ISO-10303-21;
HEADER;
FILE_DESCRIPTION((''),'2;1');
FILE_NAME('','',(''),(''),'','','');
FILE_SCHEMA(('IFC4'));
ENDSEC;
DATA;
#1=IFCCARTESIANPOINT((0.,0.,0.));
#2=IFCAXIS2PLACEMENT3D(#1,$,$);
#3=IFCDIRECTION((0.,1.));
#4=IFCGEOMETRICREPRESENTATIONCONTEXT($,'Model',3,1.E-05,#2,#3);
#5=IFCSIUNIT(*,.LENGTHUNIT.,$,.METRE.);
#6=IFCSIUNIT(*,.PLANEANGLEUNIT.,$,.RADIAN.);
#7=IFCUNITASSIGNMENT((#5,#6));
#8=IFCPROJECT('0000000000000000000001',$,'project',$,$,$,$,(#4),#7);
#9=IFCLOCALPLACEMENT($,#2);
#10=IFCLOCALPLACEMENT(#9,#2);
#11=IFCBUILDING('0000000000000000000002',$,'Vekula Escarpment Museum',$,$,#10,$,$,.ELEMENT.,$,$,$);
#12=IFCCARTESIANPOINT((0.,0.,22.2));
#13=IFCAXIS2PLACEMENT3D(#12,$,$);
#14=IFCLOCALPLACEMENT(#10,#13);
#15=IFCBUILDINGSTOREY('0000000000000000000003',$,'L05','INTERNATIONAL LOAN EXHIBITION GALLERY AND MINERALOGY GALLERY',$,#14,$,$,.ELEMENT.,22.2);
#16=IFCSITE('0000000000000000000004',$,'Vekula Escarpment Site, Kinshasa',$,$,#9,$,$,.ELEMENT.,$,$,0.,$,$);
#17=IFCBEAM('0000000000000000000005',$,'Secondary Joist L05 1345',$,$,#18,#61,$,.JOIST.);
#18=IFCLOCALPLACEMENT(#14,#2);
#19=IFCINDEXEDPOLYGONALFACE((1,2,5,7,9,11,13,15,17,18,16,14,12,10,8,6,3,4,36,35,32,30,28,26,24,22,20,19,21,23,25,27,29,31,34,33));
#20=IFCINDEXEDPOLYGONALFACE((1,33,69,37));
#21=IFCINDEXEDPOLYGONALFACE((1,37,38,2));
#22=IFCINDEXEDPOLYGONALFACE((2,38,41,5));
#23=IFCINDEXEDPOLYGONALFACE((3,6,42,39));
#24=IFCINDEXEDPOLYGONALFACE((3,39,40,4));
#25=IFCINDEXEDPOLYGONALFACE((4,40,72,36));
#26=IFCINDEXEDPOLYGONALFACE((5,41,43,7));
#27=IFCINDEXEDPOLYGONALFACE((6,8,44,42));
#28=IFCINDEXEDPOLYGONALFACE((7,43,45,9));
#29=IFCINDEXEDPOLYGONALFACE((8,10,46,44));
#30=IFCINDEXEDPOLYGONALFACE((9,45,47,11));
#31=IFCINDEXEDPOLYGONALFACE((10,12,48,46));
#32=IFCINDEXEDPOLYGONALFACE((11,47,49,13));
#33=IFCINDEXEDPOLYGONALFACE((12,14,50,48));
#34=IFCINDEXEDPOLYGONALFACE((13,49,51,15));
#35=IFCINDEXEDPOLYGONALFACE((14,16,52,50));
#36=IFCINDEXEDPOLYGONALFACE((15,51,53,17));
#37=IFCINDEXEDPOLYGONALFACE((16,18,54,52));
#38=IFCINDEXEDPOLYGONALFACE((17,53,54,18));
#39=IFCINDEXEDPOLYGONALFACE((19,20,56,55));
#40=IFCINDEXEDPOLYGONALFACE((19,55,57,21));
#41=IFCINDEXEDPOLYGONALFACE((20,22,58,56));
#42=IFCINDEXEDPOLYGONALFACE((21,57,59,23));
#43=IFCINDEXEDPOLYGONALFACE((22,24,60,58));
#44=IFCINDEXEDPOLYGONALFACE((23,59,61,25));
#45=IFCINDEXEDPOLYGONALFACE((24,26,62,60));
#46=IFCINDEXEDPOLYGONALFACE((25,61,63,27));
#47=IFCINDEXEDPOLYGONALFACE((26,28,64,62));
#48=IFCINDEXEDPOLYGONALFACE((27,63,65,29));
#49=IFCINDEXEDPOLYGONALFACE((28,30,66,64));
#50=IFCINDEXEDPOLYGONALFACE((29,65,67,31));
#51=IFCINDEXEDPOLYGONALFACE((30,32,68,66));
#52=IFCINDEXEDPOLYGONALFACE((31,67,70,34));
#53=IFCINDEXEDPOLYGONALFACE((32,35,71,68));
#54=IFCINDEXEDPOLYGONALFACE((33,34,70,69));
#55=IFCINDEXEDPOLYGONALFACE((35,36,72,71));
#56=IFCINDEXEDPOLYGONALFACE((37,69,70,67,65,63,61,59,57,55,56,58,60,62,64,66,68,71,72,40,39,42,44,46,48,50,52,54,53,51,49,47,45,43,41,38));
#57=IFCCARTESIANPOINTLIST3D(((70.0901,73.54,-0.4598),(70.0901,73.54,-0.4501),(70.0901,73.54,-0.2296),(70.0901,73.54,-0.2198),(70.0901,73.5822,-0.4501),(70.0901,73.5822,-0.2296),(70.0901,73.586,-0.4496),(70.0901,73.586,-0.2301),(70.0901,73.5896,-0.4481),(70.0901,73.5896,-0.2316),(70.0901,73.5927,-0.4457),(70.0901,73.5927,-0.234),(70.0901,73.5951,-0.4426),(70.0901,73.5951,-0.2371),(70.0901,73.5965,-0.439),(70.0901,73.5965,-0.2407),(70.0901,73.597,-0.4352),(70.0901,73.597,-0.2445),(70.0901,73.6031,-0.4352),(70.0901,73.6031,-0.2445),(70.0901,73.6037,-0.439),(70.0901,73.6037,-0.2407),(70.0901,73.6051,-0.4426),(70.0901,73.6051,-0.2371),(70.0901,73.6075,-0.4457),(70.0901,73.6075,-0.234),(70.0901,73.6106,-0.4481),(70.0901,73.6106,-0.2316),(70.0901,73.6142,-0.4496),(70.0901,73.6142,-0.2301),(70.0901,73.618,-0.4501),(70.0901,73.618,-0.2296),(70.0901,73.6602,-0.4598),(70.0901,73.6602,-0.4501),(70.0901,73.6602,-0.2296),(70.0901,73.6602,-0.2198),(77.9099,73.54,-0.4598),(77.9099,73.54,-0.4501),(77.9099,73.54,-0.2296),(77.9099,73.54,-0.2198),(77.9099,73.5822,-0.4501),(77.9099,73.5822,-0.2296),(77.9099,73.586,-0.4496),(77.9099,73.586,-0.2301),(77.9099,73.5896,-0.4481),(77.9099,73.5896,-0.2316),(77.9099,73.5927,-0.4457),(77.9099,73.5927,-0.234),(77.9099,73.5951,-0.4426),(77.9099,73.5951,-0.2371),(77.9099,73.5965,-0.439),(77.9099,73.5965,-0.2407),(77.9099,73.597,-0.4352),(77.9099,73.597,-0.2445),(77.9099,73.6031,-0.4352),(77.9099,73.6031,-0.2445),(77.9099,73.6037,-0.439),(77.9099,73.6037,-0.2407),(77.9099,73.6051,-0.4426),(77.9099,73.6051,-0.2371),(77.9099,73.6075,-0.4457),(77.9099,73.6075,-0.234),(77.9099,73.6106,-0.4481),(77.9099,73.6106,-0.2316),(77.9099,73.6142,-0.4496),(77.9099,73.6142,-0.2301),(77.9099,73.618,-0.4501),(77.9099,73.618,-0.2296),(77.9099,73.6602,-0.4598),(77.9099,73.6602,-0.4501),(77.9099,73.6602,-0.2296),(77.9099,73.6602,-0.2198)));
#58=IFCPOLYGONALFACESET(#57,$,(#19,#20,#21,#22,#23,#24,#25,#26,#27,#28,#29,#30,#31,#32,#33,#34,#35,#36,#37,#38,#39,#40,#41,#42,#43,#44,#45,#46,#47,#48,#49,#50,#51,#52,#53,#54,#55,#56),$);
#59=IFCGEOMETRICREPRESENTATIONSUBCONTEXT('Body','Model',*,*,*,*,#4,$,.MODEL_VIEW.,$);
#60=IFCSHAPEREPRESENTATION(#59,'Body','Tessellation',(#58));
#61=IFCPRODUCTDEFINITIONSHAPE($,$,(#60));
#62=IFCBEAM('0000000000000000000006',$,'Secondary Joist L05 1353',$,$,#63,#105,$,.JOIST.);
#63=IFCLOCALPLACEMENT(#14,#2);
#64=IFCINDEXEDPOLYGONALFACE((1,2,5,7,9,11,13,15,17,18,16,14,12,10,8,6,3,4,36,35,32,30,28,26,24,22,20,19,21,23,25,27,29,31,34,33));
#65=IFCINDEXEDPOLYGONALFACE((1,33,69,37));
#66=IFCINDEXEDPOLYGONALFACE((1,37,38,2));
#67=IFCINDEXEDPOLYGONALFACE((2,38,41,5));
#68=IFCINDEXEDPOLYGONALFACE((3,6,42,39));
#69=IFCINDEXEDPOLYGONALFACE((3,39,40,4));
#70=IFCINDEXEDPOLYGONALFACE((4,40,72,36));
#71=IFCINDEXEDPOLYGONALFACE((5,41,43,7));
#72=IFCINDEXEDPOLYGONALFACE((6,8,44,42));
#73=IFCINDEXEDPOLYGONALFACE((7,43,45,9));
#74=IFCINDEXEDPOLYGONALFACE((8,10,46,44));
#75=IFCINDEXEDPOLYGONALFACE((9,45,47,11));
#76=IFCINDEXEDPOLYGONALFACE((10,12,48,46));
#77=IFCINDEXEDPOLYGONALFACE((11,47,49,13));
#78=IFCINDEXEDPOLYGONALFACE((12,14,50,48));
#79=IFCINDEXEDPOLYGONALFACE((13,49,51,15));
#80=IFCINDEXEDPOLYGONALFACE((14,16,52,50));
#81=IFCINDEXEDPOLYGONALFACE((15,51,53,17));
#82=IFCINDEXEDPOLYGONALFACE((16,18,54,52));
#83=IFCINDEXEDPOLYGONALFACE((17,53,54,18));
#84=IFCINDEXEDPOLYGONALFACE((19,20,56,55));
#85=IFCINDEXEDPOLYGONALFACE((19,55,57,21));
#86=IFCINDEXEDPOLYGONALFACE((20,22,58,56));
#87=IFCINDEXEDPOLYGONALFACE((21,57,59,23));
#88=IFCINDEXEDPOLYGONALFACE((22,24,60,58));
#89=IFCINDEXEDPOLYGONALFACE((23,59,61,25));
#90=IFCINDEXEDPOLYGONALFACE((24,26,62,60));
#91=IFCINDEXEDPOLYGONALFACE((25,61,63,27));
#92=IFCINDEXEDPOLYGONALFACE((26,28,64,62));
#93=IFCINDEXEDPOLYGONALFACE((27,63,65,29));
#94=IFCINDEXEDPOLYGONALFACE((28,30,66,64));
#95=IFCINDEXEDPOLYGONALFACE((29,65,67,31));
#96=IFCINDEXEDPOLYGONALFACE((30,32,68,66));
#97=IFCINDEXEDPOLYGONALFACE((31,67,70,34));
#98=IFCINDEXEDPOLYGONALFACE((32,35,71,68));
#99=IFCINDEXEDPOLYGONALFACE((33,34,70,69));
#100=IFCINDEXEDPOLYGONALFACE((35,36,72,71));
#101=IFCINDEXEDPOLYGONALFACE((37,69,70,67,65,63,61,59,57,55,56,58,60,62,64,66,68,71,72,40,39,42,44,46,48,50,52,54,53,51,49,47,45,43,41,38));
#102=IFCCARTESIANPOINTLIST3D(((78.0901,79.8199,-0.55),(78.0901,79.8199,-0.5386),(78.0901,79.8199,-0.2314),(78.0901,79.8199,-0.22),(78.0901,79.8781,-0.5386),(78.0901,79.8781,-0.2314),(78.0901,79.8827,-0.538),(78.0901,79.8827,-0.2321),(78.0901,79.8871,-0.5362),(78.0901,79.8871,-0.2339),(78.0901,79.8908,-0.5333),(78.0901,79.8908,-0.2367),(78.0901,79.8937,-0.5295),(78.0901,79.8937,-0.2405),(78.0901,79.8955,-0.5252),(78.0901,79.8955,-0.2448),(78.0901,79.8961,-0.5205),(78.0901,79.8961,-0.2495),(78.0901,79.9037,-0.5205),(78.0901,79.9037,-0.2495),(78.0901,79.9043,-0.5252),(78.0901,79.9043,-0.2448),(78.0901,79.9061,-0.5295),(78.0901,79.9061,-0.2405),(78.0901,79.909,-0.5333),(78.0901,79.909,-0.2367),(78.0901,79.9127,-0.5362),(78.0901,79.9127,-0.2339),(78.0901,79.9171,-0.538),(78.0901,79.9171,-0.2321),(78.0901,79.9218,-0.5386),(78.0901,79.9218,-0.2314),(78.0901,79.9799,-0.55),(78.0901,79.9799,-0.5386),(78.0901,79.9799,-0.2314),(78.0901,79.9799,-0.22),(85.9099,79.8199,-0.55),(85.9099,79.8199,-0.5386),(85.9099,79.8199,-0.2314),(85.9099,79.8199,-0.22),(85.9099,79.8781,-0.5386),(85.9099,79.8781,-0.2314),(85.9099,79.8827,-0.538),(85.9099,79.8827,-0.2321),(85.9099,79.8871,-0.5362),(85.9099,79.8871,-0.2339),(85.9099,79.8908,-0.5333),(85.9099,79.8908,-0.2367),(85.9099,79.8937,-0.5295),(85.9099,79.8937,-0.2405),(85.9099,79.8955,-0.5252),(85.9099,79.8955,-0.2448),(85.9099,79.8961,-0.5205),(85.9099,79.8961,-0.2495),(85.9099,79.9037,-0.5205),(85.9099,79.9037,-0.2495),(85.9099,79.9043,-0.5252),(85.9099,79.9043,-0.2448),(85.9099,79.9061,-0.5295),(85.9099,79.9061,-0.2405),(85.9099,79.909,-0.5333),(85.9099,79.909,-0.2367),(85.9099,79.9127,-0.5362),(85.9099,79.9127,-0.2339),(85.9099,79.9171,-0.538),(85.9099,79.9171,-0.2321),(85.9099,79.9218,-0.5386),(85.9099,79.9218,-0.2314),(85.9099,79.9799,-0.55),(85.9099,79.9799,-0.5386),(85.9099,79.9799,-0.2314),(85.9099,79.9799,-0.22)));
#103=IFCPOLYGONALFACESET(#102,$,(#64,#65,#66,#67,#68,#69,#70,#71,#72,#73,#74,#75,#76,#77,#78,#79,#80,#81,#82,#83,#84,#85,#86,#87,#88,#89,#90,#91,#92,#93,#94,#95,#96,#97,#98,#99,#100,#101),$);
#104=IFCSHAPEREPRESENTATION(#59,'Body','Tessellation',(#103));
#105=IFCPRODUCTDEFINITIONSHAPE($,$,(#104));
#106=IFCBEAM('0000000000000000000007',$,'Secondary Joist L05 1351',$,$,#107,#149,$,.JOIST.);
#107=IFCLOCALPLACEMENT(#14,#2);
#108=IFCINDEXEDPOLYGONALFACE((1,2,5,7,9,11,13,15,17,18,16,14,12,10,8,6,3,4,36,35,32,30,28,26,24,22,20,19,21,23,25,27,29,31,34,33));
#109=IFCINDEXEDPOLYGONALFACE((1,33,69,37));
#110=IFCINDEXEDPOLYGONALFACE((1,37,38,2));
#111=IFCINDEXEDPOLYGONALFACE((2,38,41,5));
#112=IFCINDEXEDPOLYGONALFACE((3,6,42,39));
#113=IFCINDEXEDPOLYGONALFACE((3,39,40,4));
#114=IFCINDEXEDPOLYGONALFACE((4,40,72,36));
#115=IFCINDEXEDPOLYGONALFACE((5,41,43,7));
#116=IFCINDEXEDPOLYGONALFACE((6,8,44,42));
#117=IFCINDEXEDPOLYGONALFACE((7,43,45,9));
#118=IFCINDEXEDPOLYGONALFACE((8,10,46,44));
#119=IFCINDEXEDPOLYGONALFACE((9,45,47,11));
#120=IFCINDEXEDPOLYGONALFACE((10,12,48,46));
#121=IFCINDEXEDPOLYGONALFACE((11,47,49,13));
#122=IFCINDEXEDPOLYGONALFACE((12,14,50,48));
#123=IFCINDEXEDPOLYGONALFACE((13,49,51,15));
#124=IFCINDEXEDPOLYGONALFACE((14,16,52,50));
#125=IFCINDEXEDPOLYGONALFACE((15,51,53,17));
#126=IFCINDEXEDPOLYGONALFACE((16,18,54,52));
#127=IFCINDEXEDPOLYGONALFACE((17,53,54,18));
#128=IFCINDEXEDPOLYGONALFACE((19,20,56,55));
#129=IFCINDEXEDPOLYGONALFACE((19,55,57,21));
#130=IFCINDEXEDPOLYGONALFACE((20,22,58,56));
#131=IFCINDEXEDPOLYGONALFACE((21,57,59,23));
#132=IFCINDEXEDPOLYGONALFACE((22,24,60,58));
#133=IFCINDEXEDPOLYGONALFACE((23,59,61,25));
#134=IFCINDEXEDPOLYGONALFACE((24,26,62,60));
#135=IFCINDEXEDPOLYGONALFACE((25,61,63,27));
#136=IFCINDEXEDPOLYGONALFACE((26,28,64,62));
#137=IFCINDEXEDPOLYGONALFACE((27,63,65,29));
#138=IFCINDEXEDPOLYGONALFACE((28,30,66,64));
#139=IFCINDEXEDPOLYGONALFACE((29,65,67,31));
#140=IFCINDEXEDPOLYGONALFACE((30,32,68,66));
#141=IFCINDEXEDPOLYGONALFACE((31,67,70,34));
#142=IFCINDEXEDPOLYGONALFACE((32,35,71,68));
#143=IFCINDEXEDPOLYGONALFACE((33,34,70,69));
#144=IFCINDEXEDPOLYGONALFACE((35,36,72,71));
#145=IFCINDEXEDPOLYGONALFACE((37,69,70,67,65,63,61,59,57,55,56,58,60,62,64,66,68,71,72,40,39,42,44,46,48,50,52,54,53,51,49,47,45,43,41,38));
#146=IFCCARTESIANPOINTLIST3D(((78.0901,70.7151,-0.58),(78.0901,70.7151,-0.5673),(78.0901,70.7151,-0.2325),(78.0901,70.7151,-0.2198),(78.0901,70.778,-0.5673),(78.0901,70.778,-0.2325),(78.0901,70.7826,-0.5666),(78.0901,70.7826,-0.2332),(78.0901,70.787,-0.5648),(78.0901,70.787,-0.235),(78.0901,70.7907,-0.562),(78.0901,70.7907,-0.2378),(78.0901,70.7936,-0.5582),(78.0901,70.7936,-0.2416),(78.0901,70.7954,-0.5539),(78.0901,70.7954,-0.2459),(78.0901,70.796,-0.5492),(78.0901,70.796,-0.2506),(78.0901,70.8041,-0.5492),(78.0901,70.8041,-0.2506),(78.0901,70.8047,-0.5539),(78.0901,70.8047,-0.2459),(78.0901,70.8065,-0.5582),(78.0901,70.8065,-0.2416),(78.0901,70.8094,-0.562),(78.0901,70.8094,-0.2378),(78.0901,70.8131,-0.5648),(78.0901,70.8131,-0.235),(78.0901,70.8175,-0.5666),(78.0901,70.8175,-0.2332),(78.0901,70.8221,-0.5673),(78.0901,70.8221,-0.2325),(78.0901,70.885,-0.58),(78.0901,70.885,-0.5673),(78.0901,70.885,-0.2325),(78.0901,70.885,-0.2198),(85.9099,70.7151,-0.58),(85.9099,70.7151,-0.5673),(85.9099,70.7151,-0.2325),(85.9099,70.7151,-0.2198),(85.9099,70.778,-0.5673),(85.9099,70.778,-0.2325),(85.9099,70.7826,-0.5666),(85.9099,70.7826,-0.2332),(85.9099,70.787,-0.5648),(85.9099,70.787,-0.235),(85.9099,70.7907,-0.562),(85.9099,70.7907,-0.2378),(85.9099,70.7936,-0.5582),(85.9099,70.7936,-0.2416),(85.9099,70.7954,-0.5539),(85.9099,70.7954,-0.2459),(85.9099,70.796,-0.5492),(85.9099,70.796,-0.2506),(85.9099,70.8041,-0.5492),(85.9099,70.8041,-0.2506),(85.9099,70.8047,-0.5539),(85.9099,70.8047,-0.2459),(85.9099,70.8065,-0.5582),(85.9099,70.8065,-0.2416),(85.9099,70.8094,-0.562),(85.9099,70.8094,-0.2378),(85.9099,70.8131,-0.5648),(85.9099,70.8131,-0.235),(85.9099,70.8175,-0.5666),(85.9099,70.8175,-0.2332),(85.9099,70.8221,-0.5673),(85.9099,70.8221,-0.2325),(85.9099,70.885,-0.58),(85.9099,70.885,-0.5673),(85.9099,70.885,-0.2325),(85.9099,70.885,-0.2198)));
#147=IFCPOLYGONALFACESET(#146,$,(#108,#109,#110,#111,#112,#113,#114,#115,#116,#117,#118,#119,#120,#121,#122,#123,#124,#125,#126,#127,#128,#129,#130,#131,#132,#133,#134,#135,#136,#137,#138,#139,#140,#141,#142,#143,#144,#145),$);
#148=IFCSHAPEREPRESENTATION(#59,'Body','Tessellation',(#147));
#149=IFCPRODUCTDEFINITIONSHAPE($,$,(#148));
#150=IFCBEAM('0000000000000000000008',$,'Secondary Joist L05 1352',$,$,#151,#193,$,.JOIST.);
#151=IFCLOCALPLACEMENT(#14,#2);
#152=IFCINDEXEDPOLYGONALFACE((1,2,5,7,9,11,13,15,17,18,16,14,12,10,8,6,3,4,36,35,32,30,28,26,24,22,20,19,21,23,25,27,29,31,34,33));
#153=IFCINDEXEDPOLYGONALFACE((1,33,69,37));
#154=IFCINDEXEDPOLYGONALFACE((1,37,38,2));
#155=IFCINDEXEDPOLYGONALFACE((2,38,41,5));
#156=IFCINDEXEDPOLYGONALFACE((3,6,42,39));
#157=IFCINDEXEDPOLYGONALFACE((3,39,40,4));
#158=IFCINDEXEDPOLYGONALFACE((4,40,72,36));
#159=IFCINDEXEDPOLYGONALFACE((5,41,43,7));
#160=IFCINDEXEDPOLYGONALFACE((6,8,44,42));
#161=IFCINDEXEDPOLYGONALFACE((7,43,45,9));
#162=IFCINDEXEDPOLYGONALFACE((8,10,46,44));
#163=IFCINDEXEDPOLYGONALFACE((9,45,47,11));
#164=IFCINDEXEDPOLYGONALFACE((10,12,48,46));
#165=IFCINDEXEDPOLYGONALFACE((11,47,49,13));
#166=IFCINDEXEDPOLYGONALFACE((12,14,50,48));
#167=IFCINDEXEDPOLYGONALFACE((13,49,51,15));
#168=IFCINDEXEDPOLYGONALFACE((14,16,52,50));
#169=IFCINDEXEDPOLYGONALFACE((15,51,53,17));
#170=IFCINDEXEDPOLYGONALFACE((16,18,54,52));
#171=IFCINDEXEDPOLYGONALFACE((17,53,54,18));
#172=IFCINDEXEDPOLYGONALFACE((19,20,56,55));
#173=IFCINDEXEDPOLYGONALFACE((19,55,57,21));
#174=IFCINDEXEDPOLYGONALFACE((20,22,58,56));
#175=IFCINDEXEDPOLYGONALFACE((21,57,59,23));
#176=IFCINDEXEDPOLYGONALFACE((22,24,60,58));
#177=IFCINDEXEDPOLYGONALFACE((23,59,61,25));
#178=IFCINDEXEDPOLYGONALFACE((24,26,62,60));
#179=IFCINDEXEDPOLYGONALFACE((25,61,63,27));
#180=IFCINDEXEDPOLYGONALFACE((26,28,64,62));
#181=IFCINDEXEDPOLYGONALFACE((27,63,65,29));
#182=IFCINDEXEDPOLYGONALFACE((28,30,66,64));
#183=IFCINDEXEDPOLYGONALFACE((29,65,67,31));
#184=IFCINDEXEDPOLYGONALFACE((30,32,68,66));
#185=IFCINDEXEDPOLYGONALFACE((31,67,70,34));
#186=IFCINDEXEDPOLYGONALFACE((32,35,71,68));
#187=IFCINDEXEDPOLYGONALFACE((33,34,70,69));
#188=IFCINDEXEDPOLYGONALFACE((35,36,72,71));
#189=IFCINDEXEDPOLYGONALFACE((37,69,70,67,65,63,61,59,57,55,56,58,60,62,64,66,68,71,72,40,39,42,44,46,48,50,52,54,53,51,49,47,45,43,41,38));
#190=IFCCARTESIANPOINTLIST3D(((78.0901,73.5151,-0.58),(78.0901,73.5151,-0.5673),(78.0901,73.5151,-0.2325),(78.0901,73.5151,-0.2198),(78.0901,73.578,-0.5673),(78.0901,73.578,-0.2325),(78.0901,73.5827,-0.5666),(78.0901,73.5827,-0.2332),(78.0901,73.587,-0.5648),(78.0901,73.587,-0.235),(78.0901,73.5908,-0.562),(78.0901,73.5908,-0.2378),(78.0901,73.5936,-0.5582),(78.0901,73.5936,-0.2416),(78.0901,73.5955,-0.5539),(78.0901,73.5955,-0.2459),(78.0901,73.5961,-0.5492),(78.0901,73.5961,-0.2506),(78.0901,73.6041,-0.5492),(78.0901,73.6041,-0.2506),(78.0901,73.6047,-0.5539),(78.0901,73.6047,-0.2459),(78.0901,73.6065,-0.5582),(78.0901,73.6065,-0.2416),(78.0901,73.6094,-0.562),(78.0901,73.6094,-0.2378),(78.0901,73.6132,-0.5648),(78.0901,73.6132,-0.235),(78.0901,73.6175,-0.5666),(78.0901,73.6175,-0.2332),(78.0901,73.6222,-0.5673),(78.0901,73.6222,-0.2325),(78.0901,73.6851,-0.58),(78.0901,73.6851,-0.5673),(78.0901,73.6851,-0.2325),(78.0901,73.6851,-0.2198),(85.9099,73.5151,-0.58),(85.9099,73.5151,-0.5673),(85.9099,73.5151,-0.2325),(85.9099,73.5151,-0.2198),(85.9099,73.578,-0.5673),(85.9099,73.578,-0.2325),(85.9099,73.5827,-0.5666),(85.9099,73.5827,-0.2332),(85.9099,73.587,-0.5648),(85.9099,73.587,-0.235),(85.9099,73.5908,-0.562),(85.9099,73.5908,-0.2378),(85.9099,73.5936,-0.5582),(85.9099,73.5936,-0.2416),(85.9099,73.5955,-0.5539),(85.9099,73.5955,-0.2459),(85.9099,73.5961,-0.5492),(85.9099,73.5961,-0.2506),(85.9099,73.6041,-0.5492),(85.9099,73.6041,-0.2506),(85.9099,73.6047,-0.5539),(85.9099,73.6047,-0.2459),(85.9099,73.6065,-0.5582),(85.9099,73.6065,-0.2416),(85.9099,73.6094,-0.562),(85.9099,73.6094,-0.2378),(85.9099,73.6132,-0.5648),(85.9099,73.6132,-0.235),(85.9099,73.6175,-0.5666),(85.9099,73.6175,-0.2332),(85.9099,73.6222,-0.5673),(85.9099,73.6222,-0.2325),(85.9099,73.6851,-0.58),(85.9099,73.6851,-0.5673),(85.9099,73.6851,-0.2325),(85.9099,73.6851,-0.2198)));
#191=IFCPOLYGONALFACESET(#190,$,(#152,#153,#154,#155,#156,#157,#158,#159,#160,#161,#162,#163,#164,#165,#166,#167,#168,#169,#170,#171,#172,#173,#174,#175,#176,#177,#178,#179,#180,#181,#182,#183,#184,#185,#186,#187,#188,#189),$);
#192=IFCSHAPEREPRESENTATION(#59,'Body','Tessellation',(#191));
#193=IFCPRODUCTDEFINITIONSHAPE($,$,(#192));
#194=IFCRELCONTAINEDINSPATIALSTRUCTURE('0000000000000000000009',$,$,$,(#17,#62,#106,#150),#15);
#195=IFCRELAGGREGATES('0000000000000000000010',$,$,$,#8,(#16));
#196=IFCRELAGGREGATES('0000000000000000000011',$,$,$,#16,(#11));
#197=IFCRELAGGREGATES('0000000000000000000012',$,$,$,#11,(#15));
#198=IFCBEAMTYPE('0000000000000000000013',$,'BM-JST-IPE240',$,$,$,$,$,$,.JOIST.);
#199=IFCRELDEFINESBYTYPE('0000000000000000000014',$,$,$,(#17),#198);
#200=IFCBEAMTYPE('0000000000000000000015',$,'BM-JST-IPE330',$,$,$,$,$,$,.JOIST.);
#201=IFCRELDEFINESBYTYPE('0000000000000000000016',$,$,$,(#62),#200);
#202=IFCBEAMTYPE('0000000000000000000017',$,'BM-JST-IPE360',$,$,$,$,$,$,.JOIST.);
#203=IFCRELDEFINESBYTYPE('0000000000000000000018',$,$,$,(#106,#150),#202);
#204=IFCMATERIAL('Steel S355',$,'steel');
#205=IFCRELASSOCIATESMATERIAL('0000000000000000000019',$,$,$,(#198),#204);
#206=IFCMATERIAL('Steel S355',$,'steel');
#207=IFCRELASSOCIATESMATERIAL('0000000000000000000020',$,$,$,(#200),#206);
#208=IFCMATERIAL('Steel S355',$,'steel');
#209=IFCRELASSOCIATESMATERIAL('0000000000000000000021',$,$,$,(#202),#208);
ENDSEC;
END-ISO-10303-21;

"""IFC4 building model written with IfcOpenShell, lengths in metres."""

from ifc_helpers import new_model, si_unit, direction, frame, origin, origin_2d, place, context, subcontext, project, spatial, i_section, extrude, material, material_profile, profile_set, type_object, element, save


model = new_model("IFC4")

# Units and contexts
model_context = context("Model", 3, precision=1e-05, world=origin(), true_north=direction((0.0, 1.0)))
body_context = subcontext(model_context, "Body", "Model", "MODEL_VIEW")
ifc_project = project(units=[si_unit("LENGTHUNIT", "METRE"), si_unit("PLANEANGLEUNIT", "RADIAN")], contexts=[model_context])

# Site, building, storey
site_placement = place(None, origin())
site = spatial("IfcSite", under=ifc_project, at=site_placement, Name="Vekula Escarpment Site, Kinshasa", CompositionType="ELEMENT", RefElevation=0.0)
building_placement = place(site_placement, origin())
building = spatial("IfcBuilding", under=site, at=building_placement, Name="Vekula Escarpment Museum", CompositionType="ELEMENT")
storey_placement = place(building_placement, frame((0.0, 0.0, 22.2)))
storey = spatial("IfcBuildingStorey", under=building, at=storey_placement, Name="L05", Description="INTERNATIONAL LOAN EXHIBITION GALLERY AND MINERALOGY GALLERY", CompositionType="ELEMENT", Elevation=22.2)

# Beams
ifc_material_1 = material(Name="Steel S355", Category="steel")
ifc_material_profile_1 = material_profile(ifc_material_1, i_section(OverallWidth=0.1201, OverallDepth=0.24, WebThickness=0.0061, FlangeThickness=0.0098, FilletRadius=0.0149, at=origin_2d()), Name="IPE 240")
ifc_profile_set_1 = profile_set([ifc_material_profile_1], Name="Steel S355")
beam_type_1 = type_object("IfcBeamType", Name="BM-JST-IPE240", PredefinedType="JOIST", material=ifc_profile_set_1)
for number, where, z_axis, x_axis, name in (
    (1, (70.0901, 73.6001, -0.3398), (1.0, 0.0, 0.0), (0.0, 1.0, 0.0), "Secondary Joist L05 1345"),
):
    element("IfcBeam", number, at=place(storey_placement, frame(where, z_axis=z_axis, x_axis=x_axis)), inside=storey, type_object=beam_type_1, Name=name, PredefinedType="JOIST", context=body_context, shape_type="SweptSolid", body=[
        extrude(i_section(OverallWidth=0.1201, OverallDepth=0.24, WebThickness=0.0061, FlangeThickness=0.0098, FilletRadius=0.0149, at=origin_2d()), origin(), (0.0, 0.0, 1.0), 7.8198),
    ])
ifc_material_2 = material(Name="Steel S355", Category="steel")
ifc_material_profile_2 = material_profile(ifc_material_2, i_section(OverallWidth=0.1599, OverallDepth=0.3301, WebThickness=0.0076, FlangeThickness=0.0115, FilletRadius=0.0181, at=origin_2d()), Name="IPE 330")
ifc_profile_set_2 = profile_set([ifc_material_profile_2], Name="Steel S355")
beam_type_2 = type_object("IfcBeamType", Name="BM-JST-IPE330", PredefinedType="JOIST", material=ifc_profile_set_2)
beam_1_placement = place(storey_placement, frame((78.0901, 79.8999, -0.385), z_axis=(1.0, 0.0, 0.0), x_axis=(0.0, 1.0, 0.0)))
element("IfcBeam", 2, at=beam_1_placement, inside=storey, type_object=beam_type_2, Name="Secondary Joist L05 1353", PredefinedType="JOIST", context=body_context, shape_type="SweptSolid", body=[
    extrude(i_section(OverallWidth=0.1599, OverallDepth=0.3301, WebThickness=0.0076, FlangeThickness=0.0115, FilletRadius=0.0181, at=origin_2d()), origin(), (0.0, 0.0, 1.0), 7.8198),
])
ifc_material_3 = material(Name="Steel S355", Category="steel")
ifc_material_profile_3 = material_profile(ifc_material_3, i_section(OverallWidth=0.1699, OverallDepth=0.3601, WebThickness=0.0081, FlangeThickness=0.0127, FilletRadius=0.0181, at=origin_2d()), Name="IPE 360")
ifc_profile_set_3 = profile_set([ifc_material_profile_3], Name="Steel S355")
beam_type_3 = type_object("IfcBeamType", Name="BM-JST-IPE360", PredefinedType="JOIST", material=ifc_profile_set_3)
for number, where, z_axis, x_axis, name in (
    (3, (78.0901, 70.8, -0.3999), (1.0, 0.0, 0.0), (0.0, 1.0, 0.0), "Secondary Joist L05 1351"),
    (4, (78.0901, 73.6001, -0.3999), (1.0, 0.0, 0.0), (0.0, 1.0, 0.0), "Secondary Joist L05 1352"),
):
    element("IfcBeam", number, at=place(storey_placement, frame(where, z_axis=z_axis, x_axis=x_axis)), inside=storey, type_object=beam_type_3, Name=name, PredefinedType="JOIST", context=body_context, shape_type="SweptSolid", body=[
        extrude(i_section(OverallWidth=0.1699, OverallDepth=0.3601, WebThickness=0.0081, FlangeThickness=0.0127, FilletRadius=0.0181, at=origin_2d()), origin(), (0.0, 0.0, 1.0), 7.8198),
    ])

save(model, "model.ifc")
